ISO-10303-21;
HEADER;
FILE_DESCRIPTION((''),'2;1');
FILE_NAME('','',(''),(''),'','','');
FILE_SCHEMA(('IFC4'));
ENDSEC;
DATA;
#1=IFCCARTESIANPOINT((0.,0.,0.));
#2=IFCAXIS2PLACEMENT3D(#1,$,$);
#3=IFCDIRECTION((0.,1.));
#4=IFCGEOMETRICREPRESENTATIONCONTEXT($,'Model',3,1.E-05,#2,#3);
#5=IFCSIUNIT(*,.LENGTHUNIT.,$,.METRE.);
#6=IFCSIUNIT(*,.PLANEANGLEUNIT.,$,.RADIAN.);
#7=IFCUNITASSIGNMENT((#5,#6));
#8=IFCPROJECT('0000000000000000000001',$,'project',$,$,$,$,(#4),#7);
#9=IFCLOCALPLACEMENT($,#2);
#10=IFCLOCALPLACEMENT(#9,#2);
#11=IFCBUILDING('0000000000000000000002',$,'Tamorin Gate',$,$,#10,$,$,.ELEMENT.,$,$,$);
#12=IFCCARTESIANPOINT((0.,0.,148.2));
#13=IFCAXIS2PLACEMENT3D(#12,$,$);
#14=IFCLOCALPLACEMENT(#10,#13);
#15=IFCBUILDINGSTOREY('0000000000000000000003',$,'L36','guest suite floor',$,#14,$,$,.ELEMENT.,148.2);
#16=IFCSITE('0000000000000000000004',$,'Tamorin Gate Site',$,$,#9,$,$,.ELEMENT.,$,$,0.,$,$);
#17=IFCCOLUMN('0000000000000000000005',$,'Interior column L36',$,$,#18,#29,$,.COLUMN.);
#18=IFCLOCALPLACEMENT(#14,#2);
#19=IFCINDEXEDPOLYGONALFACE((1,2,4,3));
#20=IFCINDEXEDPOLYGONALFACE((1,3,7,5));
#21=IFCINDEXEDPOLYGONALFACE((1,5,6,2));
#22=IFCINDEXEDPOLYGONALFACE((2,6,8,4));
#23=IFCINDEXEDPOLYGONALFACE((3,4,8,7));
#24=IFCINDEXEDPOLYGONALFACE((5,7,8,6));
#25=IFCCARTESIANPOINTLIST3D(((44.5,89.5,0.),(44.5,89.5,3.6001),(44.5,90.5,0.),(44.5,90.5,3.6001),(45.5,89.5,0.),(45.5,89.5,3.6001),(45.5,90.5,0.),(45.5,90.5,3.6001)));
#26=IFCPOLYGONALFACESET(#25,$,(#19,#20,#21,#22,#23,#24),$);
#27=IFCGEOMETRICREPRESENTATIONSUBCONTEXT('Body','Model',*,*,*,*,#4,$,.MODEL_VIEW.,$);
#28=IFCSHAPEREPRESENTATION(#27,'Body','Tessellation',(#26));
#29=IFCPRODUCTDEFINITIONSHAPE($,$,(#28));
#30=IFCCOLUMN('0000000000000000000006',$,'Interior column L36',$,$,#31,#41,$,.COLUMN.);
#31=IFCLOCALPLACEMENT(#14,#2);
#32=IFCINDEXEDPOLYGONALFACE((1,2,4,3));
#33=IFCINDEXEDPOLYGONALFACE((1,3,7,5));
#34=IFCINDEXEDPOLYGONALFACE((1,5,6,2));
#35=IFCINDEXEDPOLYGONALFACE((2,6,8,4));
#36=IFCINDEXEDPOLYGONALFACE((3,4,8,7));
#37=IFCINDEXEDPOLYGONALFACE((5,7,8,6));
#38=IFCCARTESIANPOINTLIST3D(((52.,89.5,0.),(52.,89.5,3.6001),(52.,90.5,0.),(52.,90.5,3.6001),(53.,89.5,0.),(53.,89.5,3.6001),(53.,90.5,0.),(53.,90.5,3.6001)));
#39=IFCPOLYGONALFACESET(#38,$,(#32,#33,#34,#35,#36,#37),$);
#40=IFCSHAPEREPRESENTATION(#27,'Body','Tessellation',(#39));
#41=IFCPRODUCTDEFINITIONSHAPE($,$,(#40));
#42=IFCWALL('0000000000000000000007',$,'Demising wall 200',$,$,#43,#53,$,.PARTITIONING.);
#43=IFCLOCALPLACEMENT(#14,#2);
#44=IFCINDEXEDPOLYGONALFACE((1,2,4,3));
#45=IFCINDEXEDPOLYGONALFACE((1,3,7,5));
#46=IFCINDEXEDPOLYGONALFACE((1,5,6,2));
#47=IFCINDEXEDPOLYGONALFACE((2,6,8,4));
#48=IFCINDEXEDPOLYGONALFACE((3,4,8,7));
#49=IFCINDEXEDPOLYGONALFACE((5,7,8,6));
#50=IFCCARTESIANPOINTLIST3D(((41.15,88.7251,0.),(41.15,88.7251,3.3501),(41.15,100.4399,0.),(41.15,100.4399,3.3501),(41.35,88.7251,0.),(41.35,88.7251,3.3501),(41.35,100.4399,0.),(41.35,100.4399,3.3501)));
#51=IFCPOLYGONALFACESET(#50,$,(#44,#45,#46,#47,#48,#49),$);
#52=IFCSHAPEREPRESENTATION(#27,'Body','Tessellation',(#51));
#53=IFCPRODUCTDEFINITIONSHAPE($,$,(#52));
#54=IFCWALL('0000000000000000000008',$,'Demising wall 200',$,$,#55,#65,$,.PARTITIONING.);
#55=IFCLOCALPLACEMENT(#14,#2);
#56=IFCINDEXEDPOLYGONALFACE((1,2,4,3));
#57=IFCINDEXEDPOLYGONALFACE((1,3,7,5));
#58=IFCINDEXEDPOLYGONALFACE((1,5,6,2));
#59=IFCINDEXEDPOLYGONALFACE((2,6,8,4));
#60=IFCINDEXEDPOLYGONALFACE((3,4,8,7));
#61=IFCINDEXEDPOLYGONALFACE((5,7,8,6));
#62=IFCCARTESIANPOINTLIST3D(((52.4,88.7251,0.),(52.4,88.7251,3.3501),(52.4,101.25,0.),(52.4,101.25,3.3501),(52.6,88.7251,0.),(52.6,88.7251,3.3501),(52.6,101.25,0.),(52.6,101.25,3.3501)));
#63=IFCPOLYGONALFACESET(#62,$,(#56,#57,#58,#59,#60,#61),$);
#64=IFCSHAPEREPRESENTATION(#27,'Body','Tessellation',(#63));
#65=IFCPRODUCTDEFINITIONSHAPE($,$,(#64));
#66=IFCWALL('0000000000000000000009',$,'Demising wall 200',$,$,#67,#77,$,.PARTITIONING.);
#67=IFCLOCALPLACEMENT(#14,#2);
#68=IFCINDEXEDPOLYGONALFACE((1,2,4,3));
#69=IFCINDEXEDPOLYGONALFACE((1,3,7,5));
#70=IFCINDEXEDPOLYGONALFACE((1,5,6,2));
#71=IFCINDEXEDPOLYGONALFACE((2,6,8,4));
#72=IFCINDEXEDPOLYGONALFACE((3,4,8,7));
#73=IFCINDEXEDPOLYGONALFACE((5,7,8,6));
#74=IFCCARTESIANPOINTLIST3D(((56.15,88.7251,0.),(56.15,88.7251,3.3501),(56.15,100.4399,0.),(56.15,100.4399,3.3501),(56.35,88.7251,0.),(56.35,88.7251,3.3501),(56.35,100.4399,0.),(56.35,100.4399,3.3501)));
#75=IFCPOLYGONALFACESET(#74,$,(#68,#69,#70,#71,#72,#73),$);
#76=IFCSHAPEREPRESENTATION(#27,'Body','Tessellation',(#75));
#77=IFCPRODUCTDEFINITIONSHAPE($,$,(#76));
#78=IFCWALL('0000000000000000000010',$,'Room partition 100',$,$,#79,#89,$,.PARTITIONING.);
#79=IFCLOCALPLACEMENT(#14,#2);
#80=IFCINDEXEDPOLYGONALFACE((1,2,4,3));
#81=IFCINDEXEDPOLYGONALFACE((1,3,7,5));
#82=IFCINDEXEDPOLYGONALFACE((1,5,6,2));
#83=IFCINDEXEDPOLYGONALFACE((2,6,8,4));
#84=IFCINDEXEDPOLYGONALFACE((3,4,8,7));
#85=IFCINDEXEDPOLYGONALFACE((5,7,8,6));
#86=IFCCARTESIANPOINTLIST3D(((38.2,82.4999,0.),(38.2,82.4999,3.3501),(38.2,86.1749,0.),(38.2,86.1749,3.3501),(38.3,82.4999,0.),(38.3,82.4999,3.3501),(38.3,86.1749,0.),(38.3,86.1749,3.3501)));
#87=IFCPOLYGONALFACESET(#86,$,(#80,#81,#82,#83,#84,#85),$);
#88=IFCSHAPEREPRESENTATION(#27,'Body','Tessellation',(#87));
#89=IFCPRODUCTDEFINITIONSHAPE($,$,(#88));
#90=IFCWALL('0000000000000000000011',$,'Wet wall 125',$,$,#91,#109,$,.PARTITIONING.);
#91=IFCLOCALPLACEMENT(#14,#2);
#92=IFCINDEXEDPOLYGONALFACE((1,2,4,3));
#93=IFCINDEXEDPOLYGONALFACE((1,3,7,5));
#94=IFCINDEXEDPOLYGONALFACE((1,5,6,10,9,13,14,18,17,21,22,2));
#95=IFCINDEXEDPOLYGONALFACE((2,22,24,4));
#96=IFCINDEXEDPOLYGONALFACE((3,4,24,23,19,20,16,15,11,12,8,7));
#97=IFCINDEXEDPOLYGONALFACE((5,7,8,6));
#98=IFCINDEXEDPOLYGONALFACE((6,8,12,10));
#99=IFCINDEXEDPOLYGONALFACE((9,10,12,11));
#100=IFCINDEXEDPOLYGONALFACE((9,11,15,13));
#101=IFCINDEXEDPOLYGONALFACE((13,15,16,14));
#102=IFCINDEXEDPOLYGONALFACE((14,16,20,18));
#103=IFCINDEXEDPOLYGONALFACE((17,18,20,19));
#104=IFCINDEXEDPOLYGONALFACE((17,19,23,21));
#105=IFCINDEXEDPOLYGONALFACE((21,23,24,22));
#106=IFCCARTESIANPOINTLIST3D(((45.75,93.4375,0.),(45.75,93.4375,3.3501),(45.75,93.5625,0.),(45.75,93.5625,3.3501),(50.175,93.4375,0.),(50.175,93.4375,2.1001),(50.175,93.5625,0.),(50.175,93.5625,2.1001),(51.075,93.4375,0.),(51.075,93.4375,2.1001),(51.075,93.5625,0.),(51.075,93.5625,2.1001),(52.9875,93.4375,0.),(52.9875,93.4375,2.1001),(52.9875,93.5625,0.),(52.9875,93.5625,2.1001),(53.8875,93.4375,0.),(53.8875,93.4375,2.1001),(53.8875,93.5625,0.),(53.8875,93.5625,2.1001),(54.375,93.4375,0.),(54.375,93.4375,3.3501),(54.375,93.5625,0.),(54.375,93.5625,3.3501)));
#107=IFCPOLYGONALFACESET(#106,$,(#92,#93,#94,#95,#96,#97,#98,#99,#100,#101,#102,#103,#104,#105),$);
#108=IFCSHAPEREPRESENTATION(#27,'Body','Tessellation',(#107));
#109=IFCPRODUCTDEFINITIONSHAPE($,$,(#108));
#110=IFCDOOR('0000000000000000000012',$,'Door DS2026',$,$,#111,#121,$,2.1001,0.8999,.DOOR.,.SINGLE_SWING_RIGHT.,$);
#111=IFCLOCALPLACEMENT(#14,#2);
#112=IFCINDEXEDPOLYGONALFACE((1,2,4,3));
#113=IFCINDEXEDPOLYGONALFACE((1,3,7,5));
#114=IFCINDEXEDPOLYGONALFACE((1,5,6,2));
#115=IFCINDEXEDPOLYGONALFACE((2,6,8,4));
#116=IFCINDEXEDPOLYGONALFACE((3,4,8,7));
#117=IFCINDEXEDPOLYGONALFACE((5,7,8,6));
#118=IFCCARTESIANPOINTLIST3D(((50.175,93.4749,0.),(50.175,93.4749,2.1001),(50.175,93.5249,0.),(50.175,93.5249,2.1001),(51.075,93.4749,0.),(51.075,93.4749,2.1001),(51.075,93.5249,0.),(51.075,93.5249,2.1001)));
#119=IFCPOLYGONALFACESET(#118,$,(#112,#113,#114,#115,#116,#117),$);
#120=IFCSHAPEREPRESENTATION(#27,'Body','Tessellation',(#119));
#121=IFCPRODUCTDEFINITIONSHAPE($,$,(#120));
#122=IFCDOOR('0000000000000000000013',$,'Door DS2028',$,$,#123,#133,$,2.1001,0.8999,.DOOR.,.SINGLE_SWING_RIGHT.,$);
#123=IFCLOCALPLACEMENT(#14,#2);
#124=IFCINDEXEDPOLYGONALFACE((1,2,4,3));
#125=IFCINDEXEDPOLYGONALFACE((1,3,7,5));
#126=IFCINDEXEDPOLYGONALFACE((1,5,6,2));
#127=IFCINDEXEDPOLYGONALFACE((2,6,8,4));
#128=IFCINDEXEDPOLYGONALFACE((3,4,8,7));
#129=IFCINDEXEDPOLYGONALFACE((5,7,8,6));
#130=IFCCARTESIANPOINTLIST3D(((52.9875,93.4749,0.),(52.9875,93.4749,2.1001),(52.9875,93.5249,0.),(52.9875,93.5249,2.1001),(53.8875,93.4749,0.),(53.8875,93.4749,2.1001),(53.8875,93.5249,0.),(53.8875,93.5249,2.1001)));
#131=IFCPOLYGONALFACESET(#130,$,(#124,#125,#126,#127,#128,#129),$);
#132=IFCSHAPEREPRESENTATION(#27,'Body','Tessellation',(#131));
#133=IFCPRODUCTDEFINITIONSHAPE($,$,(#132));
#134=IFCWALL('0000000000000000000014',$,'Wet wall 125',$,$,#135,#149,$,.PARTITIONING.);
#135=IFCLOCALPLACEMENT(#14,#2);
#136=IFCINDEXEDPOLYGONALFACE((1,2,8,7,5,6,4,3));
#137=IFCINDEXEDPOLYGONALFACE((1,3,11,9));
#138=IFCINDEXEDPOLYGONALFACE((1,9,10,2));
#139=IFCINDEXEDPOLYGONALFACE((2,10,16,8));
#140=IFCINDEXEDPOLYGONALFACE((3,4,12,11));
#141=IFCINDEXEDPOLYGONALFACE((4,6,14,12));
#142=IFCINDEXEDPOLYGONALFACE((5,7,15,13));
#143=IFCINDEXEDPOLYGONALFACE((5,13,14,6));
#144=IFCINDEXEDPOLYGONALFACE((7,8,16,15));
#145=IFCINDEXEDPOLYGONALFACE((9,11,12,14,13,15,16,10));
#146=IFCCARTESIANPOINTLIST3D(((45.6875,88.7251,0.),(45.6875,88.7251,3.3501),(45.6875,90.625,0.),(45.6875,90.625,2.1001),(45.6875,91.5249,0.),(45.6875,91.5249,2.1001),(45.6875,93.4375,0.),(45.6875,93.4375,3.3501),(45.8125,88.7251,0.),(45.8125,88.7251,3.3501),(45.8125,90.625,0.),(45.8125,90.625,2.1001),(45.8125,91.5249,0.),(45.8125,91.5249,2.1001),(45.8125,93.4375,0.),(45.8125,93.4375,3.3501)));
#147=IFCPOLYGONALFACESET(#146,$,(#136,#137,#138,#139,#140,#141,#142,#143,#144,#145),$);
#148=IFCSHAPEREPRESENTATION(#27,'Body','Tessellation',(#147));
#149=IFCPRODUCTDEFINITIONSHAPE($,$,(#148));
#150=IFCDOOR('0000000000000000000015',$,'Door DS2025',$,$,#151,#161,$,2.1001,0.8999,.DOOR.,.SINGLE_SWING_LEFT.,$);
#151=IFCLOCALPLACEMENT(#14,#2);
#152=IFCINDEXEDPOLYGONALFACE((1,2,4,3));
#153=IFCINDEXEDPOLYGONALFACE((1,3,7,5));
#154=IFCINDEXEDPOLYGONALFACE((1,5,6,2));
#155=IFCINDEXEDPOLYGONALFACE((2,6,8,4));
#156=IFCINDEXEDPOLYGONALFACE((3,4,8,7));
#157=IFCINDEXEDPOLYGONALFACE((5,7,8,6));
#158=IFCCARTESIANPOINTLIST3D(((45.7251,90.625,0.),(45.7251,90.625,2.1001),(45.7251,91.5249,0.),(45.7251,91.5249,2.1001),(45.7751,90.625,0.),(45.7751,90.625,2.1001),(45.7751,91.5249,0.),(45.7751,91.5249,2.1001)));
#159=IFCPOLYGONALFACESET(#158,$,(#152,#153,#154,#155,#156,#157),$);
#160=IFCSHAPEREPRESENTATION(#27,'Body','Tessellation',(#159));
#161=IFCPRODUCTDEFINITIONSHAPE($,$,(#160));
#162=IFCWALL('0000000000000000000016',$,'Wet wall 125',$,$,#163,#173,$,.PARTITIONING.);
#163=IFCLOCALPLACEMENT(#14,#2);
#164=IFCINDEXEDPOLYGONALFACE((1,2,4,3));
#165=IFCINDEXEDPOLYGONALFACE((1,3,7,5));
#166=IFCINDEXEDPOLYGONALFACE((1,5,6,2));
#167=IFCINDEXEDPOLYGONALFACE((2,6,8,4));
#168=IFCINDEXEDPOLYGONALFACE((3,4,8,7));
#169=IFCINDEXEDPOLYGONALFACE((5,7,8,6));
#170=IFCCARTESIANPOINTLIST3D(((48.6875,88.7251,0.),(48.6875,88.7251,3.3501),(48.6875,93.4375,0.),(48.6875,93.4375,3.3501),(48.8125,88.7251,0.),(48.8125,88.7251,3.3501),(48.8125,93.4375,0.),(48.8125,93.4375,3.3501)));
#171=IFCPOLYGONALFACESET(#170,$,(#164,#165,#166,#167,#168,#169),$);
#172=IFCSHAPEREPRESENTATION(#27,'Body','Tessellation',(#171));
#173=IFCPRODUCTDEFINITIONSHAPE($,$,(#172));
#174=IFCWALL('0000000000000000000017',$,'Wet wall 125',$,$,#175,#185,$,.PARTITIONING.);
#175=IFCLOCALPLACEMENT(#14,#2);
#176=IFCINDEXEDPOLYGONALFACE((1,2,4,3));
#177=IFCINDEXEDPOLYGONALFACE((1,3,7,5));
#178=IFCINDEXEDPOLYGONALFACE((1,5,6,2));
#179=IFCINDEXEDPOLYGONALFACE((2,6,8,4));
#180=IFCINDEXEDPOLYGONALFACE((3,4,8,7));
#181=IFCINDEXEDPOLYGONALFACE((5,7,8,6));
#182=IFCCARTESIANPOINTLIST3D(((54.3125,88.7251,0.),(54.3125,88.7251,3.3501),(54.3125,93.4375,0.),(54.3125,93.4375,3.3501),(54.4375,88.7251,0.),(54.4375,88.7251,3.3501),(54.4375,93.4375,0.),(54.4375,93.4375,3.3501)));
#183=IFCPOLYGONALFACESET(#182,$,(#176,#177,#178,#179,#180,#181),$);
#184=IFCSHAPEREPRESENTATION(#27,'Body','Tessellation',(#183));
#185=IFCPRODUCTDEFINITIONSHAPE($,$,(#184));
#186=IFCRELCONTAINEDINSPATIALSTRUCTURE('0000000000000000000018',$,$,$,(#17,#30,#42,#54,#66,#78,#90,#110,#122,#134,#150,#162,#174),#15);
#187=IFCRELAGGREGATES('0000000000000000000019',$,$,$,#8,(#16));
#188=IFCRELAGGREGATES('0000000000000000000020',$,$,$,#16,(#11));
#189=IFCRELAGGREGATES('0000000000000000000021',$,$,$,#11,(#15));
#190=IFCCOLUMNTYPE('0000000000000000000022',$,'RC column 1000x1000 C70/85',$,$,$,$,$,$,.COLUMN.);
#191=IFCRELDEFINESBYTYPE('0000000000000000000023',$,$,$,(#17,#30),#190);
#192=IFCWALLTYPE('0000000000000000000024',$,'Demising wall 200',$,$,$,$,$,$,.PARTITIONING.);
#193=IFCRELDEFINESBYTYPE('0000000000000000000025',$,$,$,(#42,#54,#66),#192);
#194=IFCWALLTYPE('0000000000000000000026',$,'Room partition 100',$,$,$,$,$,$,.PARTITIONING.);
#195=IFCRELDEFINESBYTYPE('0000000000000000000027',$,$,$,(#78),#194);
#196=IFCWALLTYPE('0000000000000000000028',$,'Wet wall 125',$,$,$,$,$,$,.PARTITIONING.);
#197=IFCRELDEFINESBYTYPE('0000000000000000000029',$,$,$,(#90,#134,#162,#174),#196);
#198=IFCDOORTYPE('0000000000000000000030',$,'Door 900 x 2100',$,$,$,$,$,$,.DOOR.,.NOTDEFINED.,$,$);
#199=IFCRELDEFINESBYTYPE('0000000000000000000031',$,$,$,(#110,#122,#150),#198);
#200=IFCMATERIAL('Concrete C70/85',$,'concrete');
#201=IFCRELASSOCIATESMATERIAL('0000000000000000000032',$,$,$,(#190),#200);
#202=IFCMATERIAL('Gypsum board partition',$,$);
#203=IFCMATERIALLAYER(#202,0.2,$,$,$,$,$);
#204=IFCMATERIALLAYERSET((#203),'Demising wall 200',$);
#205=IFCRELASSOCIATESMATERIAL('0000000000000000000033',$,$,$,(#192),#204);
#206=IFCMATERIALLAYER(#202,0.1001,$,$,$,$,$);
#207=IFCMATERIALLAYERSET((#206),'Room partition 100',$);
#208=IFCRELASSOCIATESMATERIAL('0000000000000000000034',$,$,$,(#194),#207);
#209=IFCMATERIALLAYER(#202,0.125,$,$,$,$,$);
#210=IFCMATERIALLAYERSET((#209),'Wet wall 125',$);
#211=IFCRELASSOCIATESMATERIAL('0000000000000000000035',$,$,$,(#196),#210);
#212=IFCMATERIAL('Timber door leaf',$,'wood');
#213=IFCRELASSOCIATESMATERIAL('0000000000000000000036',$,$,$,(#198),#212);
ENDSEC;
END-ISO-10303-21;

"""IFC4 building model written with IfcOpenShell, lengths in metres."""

from ifc_helpers import new_model, si_unit, direction, frame, frame_2d, origin, origin_2d, place, context, subcontext, project, spatial, rectangle, extrude, material, layer, layer_set, material_profile, profile_set, type_object, element, fill, save


model = new_model("IFC4")

# Units and contexts
model_context = context("Model", 3, precision=1e-05, world=origin(), true_north=direction((0.0, 1.0)))
body_context = subcontext(model_context, "Body", "Model", "MODEL_VIEW")
ifc_project = project(units=[si_unit("LENGTHUNIT", "METRE"), si_unit("PLANEANGLEUNIT", "RADIAN")], contexts=[model_context])

# Site, building, storey
site_placement = place(None, origin())
site = spatial("IfcSite", under=ifc_project, at=site_placement, Name="Tamorin Gate Site", CompositionType="ELEMENT", RefElevation=0.0)
building_placement = place(site_placement, origin())
building = spatial("IfcBuilding", under=site, at=building_placement, Name="Tamorin Gate", CompositionType="ELEMENT")
storey_placement = place(building_placement, frame((0.0, 0.0, 148.2)))
storey = spatial("IfcBuildingStorey", under=building, at=storey_placement, Name="L36", Description="guest suite floor", CompositionType="ELEMENT", Elevation=148.2)

# Columns
ifc_material_1 = material(Name="Concrete C70/85", Category="concrete")
ifc_material_profile = material_profile(ifc_material_1, rectangle(XDim=1.0, YDim=1.0, at=origin_2d()), Name="RC 1000x1000")
ifc_profile_set = profile_set([ifc_material_profile], Name="Concrete C70/85")
column_type = type_object("IfcColumnType", Name="RC column 1000x1000 C70/85", PredefinedType="COLUMN", material=ifc_profile_set)
for number, where, z_axis, x_axis, name in (
    (1, (45.0, 90.0, 0.0), (0.0, 0.0, 1.0), (1.0, 0.0, 0.0), "Interior column L36"),
    (2, (52.5, 90.0, 0.0), (0.0, 0.0, 1.0), (1.0, 0.0, 0.0), "Interior column L36"),
):
    element("IfcColumn", number, at=place(storey_placement, frame(where, z_axis=z_axis, x_axis=x_axis)), inside=storey, type_object=column_type, Name=name, PredefinedType="COLUMN", context=body_context, shape_type="SweptSolid", body=[
        extrude(rectangle(XDim=1.0, YDim=1.0, at=origin_2d()), origin(), (0.0, 0.0, 1.0), 3.6001),
    ])

# Walls
ifc_material_2 = material(Name="Gypsum board partition")
ifc_layer_1 = layer(ifc_material_2, 0.2)
ifc_layer_set_1 = layer_set([ifc_layer_1], Name="Demising wall 200")
wall_type_1 = type_object("IfcWallType", Name="Demising wall 200", PredefinedType="PARTITIONING", material=ifc_layer_set_1)
wall_1_placement = place(storey_placement, frame((41.25, 88.7251, 0.0), z_axis=(0.0, 0.0, 1.0), x_axis=(0.0, 1.0, 0.0)))
element("IfcWall", 3, at=wall_1_placement, inside=storey, type_object=wall_type_1, Name="Demising wall 200", PredefinedType="PARTITIONING", context=body_context, shape_type="SweptSolid", body=[
    extrude(rectangle(XDim=11.7148, YDim=0.2, at=frame_2d((5.8574, 0.0))), origin(), (0.0, 0.0, 1.0), 3.3501),
])
wall_2_placement = place(storey_placement, frame((52.5, 88.7251, 0.0), z_axis=(0.0, 0.0, 1.0), x_axis=(0.0, 1.0, 0.0)))
element("IfcWall", 4, at=wall_2_placement, inside=storey, type_object=wall_type_1, Name="Demising wall 200", PredefinedType="PARTITIONING", context=body_context, shape_type="SweptSolid", body=[
    extrude(rectangle(XDim=12.5249, YDim=0.2, at=frame_2d((6.2625, 0.0))), origin(), (0.0, 0.0, 1.0), 3.3501),
])
wall_3_placement = place(storey_placement, frame((56.25, 88.7251, 0.0), z_axis=(0.0, 0.0, 1.0), x_axis=(0.0, 1.0, 0.0)))
element("IfcWall", 5, at=wall_3_placement, inside=storey, type_object=wall_type_1, Name="Demising wall 200", PredefinedType="PARTITIONING", context=body_context, shape_type="SweptSolid", body=[
    extrude(rectangle(XDim=11.7148, YDim=0.2, at=frame_2d((5.8574, 0.0))), origin(), (0.0, 0.0, 1.0), 3.3501),
])
ifc_layer_2 = layer(ifc_material_2, 0.1001)
ifc_layer_set_2 = layer_set([ifc_layer_2], Name="Room partition 100")
wall_type_2 = type_object("IfcWallType", Name="Room partition 100", PredefinedType="PARTITIONING", material=ifc_layer_set_2)
wall_4_placement = place(storey_placement, frame((38.25, 82.5, 0.0), z_axis=(0.0, 0.0, 1.0), x_axis=(0.0, 1.0, 0.0)))
element("IfcWall", 6, at=wall_4_placement, inside=storey, type_object=wall_type_2, Name="Room partition 100", PredefinedType="PARTITIONING", context=body_context, shape_type="SweptSolid", body=[
    extrude(rectangle(XDim=3.675, YDim=0.1001, at=frame_2d((1.8374, 0.0))), origin(), (0.0, 0.0, 1.0), 3.3501),
])

# Wall, openings, doors
ifc_layer_3 = layer(ifc_material_2, 0.125)
ifc_layer_set_3 = layer_set([ifc_layer_3], Name="Wet wall 125")
wall_type_3 = type_object("IfcWallType", Name="Wet wall 125", PredefinedType="PARTITIONING", material=ifc_layer_set_3)
wall_5_placement = place(storey_placement, frame((45.75, 93.5, 0.0), z_axis=(0.0, 0.0, 1.0), x_axis=(1.0, 0.0, 0.0)))
wall_5 = element("IfcWall", 7, at=wall_5_placement, inside=storey, type_object=wall_type_3, Name="Wet wall 125", PredefinedType="PARTITIONING", context=body_context, shape_type="SweptSolid", body=[
    extrude(rectangle(XDim=8.625, YDim=0.125, at=frame_2d((4.3125, 0.0))), origin(), (0.0, 0.0, 1.0), 3.3501),
])
opening_1_placement = place(wall_5_placement, frame((4.425, 0.0, 0.0)))
opening_1 = element("IfcOpeningElement", 8, at=opening_1_placement, cuts=wall_5, PredefinedType="OPENING", context=body_context, shape_type="SweptSolid", body=[
    extrude(rectangle(XDim=0.8999, YDim=2.1001, at=frame_2d((0.45, 1.05))), frame((0.0, 0.0725, 0.0), z_axis=(0.0, -1.0, 0.0), x_axis=(1.0, 0.0, 0.0)), (0.0, 0.0, 1.0), 0.145),
])
opening_2_placement = place(wall_5_placement, frame((7.2375, 0.0, 0.0)))
opening_2 = element("IfcOpeningElement", 9, at=opening_2_placement, cuts=wall_5, PredefinedType="OPENING", context=body_context, shape_type="SweptSolid", body=[
    extrude(rectangle(XDim=0.8999, YDim=2.1001, at=frame_2d((0.45, 1.05))), frame((0.0, 0.0725, 0.0), z_axis=(0.0, -1.0, 0.0), x_axis=(1.0, 0.0, 0.0)), (0.0, 0.0, 1.0), 0.145),
])
ifc_material_3 = material(Name="Timber door leaf", Category="wood")
door_type = type_object("IfcDoorType", Name="Door 900 x 2100", OperationType="NOTDEFINED", PredefinedType="DOOR", material=ifc_material_3)
door_1_placement = place(opening_1_placement, origin())
door_1 = element("IfcDoor", 10, at=door_1_placement, inside=storey, type_object=door_type, Name="Door DS2026", OperationType="SINGLE_SWING_RIGHT", OverallHeight=2.1001, OverallWidth=0.8999, PredefinedType="DOOR", context=body_context, shape_type="SweptSolid", body=[
    extrude(rectangle(XDim=0.8999, YDim=2.1001, at=frame_2d((0.45, 1.05))), frame((0.0, 0.0249, 0.0), z_axis=(0.0, -1.0, 0.0), x_axis=(1.0, 0.0, 0.0)), (0.0, 0.0, 1.0), 0.05),
])
fill(opening_1, door_1)
door_2_placement = place(opening_2_placement, origin())
door_2 = element("IfcDoor", 11, at=door_2_placement, inside=storey, type_object=door_type, Name="Door DS2028", OperationType="SINGLE_SWING_RIGHT", OverallHeight=2.1001, OverallWidth=0.8999, PredefinedType="DOOR", context=body_context, shape_type="SweptSolid", body=[
    extrude(rectangle(XDim=0.8999, YDim=2.1001, at=frame_2d((0.45, 1.05))), frame((0.0, 0.0249, 0.0), z_axis=(0.0, -1.0, 0.0), x_axis=(1.0, 0.0, 0.0)), (0.0, 0.0, 1.0), 0.05),
])
fill(opening_2, door_2)

# Wall, opening, door
wall_6_placement = place(storey_placement, frame((45.75, 88.7251, 0.0), z_axis=(0.0, 0.0, 1.0), x_axis=(0.0, 1.0, 0.0)))
wall_6 = element("IfcWall", 12, at=wall_6_placement, inside=storey, type_object=wall_type_3, Name="Wet wall 125", PredefinedType="PARTITIONING", context=body_context, shape_type="SweptSolid", body=[
    extrude(rectangle(XDim=4.7124, YDim=0.125, at=frame_2d((2.3562, 0.0))), origin(), (0.0, 0.0, 1.0), 3.3501),
])
opening_3_placement = place(wall_6_placement, frame((1.8999, 0.0, 0.0)))
opening_3 = element("IfcOpeningElement", 13, at=opening_3_placement, cuts=wall_6, PredefinedType="OPENING", context=body_context, shape_type="SweptSolid", body=[
    extrude(rectangle(XDim=0.8999, YDim=2.1001, at=frame_2d((0.45, 1.05))), frame((0.0, 0.0725, 0.0), z_axis=(0.0, -1.0, 0.0), x_axis=(1.0, 0.0, 0.0)), (0.0, 0.0, 1.0), 0.145),
])
door_3_placement = place(opening_3_placement, origin())
door_3 = element("IfcDoor", 14, at=door_3_placement, inside=storey, type_object=door_type, Name="Door DS2025", OperationType="SINGLE_SWING_LEFT", OverallHeight=2.1001, OverallWidth=0.8999, PredefinedType="DOOR", context=body_context, shape_type="SweptSolid", body=[
    extrude(rectangle(XDim=0.8999, YDim=2.1001, at=frame_2d((0.45, 1.05))), frame((0.0, 0.0249, 0.0), z_axis=(0.0, -1.0, 0.0), x_axis=(1.0, 0.0, 0.0)), (0.0, 0.0, 1.0), 0.05),
])
fill(opening_3, door_3)

# Walls
for number, where, z_axis, x_axis, name in (
    (15, (48.75, 88.7251, 0.0), (0.0, 0.0, 1.0), (0.0, 1.0, 0.0), "Wet wall 125"),
    (16, (54.375, 88.7251, 0.0), (0.0, 0.0, 1.0), (0.0, 1.0, 0.0), "Wet wall 125"),
):
    element("IfcWall", number, at=place(storey_placement, frame(where, z_axis=z_axis, x_axis=x_axis)), inside=storey, type_object=wall_type_3, Name=name, PredefinedType="PARTITIONING", context=body_context, shape_type="SweptSolid", body=[
        extrude(rectangle(XDim=4.7124, YDim=0.125, at=frame_2d((2.3562, 0.0))), origin(), (0.0, 0.0, 1.0), 3.3501),
    ])

save(model, "model.ifc")
